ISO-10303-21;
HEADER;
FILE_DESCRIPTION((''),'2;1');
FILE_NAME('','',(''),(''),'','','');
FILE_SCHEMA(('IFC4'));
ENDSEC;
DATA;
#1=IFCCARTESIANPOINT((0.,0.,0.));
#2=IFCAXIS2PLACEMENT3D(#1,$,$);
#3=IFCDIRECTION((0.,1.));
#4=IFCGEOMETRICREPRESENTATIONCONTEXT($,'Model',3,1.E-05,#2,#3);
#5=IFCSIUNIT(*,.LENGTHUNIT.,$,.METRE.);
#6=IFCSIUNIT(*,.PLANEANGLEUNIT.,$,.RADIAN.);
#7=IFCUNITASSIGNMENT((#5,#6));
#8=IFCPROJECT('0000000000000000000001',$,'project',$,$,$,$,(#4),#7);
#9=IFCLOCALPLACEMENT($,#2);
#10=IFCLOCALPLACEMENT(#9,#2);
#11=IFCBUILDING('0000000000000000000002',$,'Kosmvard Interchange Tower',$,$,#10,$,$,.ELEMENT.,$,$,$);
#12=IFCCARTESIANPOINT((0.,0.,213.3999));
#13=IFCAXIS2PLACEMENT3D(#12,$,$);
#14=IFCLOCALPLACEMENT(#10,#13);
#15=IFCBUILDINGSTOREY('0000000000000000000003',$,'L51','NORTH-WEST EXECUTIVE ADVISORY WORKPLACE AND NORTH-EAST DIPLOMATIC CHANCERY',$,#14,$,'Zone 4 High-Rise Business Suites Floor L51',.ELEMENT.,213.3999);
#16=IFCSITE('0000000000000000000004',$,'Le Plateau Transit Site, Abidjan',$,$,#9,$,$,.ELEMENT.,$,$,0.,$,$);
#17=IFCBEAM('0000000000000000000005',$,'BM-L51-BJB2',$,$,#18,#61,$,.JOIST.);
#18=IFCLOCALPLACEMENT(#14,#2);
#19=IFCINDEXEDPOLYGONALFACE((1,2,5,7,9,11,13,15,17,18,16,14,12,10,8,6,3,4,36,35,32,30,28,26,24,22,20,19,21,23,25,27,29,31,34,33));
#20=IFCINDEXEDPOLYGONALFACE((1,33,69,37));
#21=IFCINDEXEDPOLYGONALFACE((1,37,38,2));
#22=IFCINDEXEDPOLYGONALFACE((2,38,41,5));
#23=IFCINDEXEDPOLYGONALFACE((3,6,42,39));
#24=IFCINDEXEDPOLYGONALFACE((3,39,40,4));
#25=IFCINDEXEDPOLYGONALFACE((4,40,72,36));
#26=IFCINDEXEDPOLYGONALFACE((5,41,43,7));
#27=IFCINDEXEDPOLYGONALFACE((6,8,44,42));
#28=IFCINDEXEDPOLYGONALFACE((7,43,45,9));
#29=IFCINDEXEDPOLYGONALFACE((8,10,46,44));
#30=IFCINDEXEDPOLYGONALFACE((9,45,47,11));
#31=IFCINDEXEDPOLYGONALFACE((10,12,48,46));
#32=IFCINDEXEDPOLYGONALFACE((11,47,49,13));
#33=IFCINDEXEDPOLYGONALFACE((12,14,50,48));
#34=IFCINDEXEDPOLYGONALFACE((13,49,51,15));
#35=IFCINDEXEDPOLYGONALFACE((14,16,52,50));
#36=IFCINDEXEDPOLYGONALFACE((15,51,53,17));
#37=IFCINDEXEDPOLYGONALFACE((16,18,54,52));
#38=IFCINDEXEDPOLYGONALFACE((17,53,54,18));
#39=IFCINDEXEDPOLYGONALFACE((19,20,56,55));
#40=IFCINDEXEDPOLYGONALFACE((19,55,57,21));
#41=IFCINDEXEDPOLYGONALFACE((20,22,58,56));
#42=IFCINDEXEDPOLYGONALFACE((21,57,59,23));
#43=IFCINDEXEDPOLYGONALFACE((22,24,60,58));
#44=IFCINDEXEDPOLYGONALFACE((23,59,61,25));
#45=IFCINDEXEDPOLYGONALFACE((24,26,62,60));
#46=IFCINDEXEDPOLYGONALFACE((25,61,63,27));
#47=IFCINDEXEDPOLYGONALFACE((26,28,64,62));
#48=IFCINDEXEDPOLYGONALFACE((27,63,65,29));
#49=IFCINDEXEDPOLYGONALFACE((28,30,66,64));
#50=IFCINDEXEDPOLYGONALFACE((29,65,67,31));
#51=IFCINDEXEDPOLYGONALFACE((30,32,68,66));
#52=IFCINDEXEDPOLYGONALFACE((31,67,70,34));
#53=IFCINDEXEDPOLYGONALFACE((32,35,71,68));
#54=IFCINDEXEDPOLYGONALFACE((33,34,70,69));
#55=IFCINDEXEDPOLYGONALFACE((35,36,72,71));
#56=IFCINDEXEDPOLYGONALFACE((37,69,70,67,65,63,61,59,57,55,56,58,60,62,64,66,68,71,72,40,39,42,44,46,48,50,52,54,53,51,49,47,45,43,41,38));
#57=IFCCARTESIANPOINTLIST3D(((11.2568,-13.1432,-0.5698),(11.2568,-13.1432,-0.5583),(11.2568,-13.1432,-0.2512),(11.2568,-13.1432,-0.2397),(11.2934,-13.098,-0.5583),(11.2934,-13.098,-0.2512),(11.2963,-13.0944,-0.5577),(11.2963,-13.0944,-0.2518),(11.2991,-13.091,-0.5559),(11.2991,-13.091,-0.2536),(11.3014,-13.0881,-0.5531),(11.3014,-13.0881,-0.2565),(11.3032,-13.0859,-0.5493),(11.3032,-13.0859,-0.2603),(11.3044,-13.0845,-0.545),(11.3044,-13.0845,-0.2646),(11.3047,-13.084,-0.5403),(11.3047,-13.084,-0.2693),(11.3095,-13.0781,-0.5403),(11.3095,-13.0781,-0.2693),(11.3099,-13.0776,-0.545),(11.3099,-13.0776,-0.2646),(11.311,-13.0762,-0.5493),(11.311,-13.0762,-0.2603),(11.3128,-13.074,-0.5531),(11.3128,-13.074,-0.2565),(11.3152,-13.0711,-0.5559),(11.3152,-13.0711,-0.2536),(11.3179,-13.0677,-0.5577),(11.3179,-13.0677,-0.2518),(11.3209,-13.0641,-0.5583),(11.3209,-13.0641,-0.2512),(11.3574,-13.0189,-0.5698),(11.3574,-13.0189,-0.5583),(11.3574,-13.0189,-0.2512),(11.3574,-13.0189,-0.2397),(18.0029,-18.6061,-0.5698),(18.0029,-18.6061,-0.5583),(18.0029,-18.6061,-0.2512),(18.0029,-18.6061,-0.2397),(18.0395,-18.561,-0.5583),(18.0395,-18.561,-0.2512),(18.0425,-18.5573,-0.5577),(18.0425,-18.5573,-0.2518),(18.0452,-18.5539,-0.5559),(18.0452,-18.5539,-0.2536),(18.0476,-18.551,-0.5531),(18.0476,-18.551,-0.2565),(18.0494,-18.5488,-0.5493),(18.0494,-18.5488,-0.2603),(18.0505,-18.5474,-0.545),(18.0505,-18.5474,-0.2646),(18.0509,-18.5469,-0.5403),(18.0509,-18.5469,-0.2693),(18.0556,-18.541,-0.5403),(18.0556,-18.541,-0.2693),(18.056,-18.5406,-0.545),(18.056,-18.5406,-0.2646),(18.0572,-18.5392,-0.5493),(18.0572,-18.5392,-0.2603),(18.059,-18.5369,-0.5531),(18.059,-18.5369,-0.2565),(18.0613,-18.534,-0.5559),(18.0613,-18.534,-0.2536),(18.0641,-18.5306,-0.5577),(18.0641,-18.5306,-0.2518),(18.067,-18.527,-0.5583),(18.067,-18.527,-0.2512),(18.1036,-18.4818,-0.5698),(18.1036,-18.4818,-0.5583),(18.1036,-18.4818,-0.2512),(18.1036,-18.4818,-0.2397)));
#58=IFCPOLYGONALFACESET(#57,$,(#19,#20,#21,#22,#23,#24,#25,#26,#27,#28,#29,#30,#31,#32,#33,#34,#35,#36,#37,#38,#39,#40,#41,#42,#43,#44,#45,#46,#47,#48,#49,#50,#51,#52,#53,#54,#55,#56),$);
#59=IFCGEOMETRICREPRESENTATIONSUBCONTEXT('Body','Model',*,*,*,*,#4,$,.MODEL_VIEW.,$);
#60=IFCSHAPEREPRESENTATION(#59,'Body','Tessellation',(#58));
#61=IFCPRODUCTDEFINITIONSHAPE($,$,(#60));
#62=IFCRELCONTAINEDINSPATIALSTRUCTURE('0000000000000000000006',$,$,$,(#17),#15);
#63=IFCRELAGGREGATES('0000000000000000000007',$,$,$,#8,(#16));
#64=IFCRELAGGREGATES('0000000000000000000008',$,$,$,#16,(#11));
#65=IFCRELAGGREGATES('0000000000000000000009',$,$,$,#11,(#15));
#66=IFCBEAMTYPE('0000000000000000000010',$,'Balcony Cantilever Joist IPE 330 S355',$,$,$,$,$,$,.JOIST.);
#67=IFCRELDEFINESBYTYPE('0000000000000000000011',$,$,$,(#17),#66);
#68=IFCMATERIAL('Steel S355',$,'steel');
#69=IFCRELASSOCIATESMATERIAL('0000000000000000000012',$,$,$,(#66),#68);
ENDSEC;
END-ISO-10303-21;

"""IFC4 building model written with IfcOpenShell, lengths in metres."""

from ifc_helpers import new_model, si_unit, direction, frame, origin, origin_2d, place, context, subcontext, project, spatial, i_section, extrude, source, transform, mapped, material, material_profile, profile_set, type_object, element, save


model = new_model("IFC4")

# Units and contexts
model_context = context("Model", 3, precision=1e-05, world=origin(), true_north=direction((0.0, 1.0)))
body_context = subcontext(model_context, "Body", "Model", "MODEL_VIEW")
ifc_project = project(units=[si_unit("LENGTHUNIT", "METRE"), si_unit("PLANEANGLEUNIT", "RADIAN")], contexts=[model_context])

# Site, building, storey
site_placement = place(None, origin())
site = spatial("IfcSite", under=ifc_project, at=site_placement, Name="Le Plateau Transit Site, Abidjan", CompositionType="ELEMENT", RefElevation=0.0)
building_placement = place(site_placement, origin())
building = spatial("IfcBuilding", under=site, at=building_placement, Name="Kosmvard Interchange Tower", CompositionType="ELEMENT")
storey_placement = place(building_placement, frame((0.0, 0.0, 213.3999)))
storey = spatial("IfcBuildingStorey", under=building, at=storey_placement, Name="L51", Description="NORTH-WEST EXECUTIVE ADVISORY WORKPLACE AND NORTH-EAST DIPLOMATIC CHANCERY", LongName="Zone 4 High-Rise Business Suites Floor L51", CompositionType="ELEMENT", Elevation=213.3999)

# Beam
ifc_material_1 = material(Name="Steel S355", Category="steel")
ifc_material_profile_1 = material_profile(ifc_material_1, i_section(OverallWidth=0.1599, OverallDepth=0.3301, WebThickness=0.0076, FlangeThickness=0.0115, FilletRadius=0.0181, at=origin_2d()), Name="IPE 330")
ifc_profile_set_1 = profile_set([ifc_material_profile_1], Name="Steel S355")
beam_type_1 = type_object("IfcBeamType", Name="Balcony Cantilever Joist IPE 330 S355", PredefinedType="JOIST", material=ifc_profile_set_1)
shared_shape_1 = source(origin(), body_context, "Body", "SweptSolid", [
    extrude(i_section(OverallWidth=0.1599, OverallDepth=0.3301, WebThickness=0.0076, FlangeThickness=0.0115, FilletRadius=0.0181, at=origin_2d()), origin(), (0.0, 0.0, 1.0), 8.6807),
])
beam_1_placement = place(storey_placement, frame((11.3071, -13.0811, -0.4048), z_axis=(0.777145, -0.629321, 0.0), x_axis=(0.629321, 0.777145, 0.0)))
element("IfcBeam", 1, at=beam_1_placement, inside=storey, type_object=beam_type_1, Name="BM-L51-BJB2", PredefinedType="JOIST", context=body_context, shape_type="MappedRepresentation", body=[
    mapped(shared_shape_1, transform((0.0, 0.0, 0.0), scale=1.0)),
])

save(model, "model.ifc")
